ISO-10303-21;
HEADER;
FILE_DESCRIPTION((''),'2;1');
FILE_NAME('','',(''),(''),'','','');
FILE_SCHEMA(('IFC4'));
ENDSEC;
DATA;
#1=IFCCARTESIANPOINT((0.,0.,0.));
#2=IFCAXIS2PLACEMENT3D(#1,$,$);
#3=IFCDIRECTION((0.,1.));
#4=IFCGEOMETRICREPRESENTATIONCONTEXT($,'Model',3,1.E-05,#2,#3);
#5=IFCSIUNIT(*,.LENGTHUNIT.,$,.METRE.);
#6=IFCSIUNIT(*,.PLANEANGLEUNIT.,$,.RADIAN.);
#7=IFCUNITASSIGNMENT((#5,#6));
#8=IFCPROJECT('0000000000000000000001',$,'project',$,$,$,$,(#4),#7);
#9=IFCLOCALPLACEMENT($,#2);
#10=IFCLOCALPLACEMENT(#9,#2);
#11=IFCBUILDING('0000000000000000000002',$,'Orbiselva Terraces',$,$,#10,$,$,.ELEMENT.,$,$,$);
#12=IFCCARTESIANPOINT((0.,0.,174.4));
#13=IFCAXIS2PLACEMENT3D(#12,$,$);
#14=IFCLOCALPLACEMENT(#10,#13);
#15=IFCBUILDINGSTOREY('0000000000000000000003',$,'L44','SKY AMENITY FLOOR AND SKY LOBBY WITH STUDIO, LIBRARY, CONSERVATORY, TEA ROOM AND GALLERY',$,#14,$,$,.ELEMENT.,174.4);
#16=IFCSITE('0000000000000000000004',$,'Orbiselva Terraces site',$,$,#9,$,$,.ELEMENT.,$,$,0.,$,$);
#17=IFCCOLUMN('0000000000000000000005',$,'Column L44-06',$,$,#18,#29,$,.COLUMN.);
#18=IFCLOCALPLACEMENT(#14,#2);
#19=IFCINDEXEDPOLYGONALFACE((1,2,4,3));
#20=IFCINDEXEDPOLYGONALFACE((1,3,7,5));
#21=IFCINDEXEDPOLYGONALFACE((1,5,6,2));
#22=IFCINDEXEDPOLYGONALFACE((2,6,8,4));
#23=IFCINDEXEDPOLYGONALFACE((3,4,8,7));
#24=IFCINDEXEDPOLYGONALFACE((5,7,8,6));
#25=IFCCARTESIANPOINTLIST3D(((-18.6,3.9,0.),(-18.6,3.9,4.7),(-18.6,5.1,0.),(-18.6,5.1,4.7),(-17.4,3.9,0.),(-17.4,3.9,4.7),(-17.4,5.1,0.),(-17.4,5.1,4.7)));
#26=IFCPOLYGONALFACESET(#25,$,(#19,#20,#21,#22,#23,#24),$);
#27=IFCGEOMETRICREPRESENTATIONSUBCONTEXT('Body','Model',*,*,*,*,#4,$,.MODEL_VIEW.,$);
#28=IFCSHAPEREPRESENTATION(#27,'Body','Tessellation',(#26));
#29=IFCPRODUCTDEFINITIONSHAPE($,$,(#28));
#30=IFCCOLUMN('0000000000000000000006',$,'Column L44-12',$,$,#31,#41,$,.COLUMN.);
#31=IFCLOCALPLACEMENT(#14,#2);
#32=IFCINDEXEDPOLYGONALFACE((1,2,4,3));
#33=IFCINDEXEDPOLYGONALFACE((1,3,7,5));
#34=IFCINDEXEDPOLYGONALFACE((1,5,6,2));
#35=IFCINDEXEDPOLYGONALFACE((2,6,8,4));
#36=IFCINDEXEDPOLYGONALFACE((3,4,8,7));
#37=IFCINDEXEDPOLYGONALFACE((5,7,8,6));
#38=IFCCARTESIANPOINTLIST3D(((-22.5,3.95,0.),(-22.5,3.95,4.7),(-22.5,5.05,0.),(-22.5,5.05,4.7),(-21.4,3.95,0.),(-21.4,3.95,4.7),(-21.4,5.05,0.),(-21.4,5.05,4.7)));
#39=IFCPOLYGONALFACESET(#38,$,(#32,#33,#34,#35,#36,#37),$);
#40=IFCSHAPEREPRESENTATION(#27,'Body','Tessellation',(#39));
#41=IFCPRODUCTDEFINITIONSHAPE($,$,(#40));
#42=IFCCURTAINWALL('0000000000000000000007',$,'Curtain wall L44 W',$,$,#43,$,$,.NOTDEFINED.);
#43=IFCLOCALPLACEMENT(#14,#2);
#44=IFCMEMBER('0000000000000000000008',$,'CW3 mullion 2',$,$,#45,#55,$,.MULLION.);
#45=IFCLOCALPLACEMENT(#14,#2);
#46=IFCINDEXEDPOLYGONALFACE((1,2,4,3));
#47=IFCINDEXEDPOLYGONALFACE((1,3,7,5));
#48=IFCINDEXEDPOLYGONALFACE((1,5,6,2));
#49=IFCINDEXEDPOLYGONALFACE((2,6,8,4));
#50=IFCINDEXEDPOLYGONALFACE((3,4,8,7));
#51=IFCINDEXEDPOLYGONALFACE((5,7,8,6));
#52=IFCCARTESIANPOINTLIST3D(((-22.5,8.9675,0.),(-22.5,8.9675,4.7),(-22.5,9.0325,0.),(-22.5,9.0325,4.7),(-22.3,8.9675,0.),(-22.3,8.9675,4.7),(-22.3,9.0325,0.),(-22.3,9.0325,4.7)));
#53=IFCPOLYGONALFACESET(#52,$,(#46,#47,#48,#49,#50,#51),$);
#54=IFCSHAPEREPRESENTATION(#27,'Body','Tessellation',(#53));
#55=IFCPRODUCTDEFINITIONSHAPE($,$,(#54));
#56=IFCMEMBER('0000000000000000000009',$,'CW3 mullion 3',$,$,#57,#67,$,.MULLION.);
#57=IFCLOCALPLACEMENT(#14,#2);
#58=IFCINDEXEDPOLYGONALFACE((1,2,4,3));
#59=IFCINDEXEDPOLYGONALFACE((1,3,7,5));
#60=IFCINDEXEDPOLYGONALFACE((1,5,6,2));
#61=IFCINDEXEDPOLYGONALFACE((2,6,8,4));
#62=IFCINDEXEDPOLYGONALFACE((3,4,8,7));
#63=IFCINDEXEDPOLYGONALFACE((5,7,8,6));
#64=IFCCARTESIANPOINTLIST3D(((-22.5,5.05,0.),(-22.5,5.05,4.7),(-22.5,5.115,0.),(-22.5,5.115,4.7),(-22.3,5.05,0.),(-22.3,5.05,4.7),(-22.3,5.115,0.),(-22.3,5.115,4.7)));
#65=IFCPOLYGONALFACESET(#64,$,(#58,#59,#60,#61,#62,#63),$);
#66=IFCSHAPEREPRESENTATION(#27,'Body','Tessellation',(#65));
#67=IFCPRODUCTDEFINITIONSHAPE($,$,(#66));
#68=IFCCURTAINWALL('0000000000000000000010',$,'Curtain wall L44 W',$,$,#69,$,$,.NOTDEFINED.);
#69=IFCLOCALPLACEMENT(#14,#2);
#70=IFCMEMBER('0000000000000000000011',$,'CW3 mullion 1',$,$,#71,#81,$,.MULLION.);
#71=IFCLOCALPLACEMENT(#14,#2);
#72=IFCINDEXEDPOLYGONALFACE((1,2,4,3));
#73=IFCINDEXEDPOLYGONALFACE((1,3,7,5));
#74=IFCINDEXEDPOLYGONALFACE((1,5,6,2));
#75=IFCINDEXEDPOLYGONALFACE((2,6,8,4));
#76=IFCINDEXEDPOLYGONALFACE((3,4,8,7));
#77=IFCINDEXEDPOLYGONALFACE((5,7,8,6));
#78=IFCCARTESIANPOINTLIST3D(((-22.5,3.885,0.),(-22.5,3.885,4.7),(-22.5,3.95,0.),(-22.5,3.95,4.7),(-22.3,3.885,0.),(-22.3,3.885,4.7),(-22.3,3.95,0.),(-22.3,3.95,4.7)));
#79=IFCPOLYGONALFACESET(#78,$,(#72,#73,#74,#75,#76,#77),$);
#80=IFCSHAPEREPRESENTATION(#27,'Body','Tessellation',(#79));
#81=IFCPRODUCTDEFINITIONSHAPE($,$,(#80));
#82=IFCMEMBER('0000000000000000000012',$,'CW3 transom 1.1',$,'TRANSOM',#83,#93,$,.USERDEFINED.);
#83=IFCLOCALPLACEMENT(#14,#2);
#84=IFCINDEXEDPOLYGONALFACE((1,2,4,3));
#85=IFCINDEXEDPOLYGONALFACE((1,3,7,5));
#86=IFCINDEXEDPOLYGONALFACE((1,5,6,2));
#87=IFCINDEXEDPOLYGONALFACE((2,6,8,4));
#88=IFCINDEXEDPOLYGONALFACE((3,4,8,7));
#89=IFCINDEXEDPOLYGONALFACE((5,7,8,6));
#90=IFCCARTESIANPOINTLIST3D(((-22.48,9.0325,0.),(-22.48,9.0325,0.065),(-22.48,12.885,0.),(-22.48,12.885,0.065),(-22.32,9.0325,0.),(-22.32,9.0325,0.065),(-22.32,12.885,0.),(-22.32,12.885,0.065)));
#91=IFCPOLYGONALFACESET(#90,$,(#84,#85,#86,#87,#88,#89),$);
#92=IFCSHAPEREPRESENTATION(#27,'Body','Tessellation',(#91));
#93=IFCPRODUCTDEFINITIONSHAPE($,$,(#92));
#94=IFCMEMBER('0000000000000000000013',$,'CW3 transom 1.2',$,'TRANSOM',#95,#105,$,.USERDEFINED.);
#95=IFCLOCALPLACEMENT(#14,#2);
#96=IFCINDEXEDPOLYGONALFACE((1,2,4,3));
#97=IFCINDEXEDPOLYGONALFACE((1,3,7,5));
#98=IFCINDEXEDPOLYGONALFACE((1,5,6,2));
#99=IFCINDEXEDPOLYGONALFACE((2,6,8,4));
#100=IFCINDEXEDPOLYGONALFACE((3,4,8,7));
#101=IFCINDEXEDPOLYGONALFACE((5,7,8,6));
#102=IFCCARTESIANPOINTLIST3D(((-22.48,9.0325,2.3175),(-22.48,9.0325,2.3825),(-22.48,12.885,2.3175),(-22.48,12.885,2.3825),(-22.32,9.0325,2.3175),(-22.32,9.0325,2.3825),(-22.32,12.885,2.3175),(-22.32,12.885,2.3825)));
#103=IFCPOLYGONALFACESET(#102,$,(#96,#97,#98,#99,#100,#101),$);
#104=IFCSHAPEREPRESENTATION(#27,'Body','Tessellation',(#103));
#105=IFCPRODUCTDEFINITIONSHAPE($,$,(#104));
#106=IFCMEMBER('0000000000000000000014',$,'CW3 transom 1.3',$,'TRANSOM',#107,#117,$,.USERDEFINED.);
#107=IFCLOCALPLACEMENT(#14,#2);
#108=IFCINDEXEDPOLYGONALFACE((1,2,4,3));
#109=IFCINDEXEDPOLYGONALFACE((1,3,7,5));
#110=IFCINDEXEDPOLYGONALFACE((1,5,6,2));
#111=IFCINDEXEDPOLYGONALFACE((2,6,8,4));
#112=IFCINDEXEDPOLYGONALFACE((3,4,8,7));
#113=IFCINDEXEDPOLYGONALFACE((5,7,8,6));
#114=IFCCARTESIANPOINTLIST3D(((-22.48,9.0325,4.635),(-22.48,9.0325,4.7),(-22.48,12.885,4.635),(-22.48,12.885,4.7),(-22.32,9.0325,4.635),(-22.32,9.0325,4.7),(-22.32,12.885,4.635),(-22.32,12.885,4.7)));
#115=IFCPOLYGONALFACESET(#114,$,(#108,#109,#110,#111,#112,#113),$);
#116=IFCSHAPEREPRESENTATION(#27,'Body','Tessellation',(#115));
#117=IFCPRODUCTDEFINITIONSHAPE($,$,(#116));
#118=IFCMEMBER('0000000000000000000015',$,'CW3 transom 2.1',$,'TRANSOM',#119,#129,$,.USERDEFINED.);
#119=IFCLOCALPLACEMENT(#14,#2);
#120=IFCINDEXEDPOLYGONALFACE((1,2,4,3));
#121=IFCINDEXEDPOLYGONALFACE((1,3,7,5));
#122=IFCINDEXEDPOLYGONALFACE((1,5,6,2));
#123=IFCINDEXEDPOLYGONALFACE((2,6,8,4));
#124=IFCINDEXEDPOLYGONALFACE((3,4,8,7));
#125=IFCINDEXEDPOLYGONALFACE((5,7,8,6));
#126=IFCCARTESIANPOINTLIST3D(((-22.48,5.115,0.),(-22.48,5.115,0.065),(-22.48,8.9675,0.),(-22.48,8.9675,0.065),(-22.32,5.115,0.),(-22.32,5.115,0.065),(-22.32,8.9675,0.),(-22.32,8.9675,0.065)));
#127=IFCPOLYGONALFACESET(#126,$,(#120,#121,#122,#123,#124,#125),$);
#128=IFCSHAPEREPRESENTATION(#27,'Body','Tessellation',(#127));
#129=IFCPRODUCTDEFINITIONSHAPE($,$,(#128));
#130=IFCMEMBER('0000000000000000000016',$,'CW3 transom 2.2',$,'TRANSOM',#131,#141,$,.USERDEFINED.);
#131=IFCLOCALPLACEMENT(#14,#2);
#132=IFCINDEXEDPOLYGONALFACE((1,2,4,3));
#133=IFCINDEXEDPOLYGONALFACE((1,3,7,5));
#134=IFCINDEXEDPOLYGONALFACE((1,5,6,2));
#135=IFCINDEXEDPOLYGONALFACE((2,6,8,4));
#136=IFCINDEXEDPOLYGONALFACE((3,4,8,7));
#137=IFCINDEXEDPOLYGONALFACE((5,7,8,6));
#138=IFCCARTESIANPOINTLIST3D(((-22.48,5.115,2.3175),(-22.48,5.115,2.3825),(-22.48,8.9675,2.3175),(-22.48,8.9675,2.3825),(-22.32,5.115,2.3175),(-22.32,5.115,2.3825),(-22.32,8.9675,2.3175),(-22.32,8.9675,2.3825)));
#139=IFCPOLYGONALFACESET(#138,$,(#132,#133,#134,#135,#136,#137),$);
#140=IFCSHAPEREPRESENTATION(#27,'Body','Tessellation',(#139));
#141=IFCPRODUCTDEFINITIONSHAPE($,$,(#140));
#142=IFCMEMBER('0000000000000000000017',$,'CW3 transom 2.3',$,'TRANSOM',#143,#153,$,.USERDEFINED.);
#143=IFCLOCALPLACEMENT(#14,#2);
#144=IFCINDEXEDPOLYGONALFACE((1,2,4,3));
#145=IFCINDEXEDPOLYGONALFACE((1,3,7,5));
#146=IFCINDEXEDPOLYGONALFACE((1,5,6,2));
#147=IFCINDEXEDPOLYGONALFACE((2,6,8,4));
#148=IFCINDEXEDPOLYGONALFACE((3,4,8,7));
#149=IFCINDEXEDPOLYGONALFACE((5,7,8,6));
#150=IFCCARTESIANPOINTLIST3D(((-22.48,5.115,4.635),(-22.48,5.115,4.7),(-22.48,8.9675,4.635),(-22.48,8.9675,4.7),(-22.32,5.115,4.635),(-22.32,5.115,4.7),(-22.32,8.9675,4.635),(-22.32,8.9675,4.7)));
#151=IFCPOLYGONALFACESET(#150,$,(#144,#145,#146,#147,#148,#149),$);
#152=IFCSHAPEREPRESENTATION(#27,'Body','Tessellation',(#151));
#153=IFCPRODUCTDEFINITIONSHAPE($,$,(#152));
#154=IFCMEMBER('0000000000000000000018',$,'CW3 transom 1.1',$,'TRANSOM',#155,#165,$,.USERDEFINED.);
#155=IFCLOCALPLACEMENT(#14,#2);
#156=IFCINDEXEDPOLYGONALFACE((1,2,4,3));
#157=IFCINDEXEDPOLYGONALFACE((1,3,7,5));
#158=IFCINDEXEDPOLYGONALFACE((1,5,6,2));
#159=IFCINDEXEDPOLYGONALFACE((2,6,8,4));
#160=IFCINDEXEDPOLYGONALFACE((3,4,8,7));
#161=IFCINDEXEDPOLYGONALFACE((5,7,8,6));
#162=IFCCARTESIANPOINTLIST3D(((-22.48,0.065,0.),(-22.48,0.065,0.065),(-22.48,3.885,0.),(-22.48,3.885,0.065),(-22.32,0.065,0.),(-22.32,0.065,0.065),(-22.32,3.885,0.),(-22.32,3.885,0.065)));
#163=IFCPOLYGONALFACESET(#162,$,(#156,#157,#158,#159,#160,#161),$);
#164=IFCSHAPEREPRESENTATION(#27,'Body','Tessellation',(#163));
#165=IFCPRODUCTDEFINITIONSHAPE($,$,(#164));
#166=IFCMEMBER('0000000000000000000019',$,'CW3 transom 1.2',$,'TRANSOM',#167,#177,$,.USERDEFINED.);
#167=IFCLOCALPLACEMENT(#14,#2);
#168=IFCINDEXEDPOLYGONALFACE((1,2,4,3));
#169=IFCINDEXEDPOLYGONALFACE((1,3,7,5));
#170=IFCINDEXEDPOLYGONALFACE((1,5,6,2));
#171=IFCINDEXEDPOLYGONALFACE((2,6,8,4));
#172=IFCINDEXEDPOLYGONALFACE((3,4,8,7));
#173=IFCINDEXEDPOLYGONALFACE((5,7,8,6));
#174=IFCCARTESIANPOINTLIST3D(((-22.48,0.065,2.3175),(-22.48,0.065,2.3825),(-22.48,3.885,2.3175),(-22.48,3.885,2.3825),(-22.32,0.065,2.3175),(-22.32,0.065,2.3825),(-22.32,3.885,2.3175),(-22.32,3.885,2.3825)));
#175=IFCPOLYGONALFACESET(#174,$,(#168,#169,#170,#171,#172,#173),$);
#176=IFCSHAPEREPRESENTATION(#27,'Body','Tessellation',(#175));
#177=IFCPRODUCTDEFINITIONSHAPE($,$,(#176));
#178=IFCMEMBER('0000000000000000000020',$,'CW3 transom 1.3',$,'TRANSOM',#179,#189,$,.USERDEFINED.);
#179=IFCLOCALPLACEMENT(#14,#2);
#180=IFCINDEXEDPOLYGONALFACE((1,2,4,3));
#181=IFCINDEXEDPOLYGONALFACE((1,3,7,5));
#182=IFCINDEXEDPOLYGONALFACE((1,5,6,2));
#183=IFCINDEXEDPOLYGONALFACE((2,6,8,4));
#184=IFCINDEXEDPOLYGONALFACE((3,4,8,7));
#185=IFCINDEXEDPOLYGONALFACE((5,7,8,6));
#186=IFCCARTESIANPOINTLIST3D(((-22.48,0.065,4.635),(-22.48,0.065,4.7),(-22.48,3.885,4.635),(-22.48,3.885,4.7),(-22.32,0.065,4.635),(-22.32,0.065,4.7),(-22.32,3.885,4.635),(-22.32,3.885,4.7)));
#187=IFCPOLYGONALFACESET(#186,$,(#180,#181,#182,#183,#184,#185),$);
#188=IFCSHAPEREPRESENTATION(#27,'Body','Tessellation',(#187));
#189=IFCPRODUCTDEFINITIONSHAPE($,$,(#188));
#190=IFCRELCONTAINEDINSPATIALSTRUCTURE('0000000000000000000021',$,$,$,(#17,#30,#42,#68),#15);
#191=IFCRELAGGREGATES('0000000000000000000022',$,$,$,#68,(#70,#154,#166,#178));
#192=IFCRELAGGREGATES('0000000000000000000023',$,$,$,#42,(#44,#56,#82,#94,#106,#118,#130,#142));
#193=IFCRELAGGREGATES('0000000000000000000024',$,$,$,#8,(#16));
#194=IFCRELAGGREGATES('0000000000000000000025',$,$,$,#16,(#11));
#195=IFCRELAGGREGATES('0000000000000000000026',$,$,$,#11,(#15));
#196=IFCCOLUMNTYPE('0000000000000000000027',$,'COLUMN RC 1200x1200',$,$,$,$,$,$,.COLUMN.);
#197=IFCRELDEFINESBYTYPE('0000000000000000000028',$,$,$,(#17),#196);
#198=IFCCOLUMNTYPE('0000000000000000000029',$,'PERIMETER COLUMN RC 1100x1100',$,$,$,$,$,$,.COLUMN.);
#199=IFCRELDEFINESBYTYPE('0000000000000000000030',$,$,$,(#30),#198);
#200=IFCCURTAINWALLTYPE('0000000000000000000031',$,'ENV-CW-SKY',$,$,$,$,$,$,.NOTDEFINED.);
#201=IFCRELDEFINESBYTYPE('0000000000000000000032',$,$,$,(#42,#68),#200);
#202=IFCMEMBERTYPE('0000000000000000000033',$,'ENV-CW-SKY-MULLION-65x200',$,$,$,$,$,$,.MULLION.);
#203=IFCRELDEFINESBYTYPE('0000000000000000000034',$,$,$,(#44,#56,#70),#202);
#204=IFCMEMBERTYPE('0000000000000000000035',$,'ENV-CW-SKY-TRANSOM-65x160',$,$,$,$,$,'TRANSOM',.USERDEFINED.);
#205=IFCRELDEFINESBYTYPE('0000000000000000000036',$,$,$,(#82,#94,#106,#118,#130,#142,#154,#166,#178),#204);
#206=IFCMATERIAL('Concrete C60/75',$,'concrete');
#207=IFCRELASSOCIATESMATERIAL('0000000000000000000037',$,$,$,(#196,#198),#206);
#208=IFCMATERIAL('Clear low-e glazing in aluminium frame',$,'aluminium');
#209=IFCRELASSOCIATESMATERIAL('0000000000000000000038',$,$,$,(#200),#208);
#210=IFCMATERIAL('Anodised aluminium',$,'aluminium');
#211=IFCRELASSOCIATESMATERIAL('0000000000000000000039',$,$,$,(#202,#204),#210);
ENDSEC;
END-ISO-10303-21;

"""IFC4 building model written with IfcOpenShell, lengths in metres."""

from ifc_helpers import new_model, si_unit, direction, frame, origin, origin_2d, place, context, subcontext, project, spatial, rectangle, extrude, material, material_profile, profile_set, type_object, element, aggregate, save


model = new_model("IFC4")

# Units and contexts
model_context = context("Model", 3, precision=1e-05, world=origin(), true_north=direction((0.0, 1.0)))
body_context = subcontext(model_context, "Body", "Model", "MODEL_VIEW")
ifc_project = project(units=[si_unit("LENGTHUNIT", "METRE"), si_unit("PLANEANGLEUNIT", "RADIAN")], contexts=[model_context])

# Site, building, storey
site_placement = place(None, origin())
site = spatial("IfcSite", under=ifc_project, at=site_placement, Name="Orbiselva Terraces site", CompositionType="ELEMENT", RefElevation=0.0)
building_placement = place(site_placement, origin())
building = spatial("IfcBuilding", under=site, at=building_placement, Name="Orbiselva Terraces", CompositionType="ELEMENT")
storey_placement = place(building_placement, frame((0.0, 0.0, 174.4)))
storey = spatial("IfcBuildingStorey", under=building, at=storey_placement, Name="L44", Description="SKY AMENITY FLOOR AND SKY LOBBY WITH STUDIO, LIBRARY, CONSERVATORY, TEA ROOM AND GALLERY", CompositionType="ELEMENT", Elevation=174.4)

# Columns
ifc_material_1 = material(Name="Concrete C60/75", Category="concrete")
ifc_material_profile_1 = material_profile(ifc_material_1, rectangle(XDim=1.2, YDim=1.2, at=origin_2d()), Name="RC 1200x1200")
ifc_profile_set_1 = profile_set([ifc_material_profile_1], Name="Concrete C60/75")
column_type_1 = type_object("IfcColumnType", Name="COLUMN RC 1200x1200", PredefinedType="COLUMN", material=ifc_profile_set_1)
column_1_placement = place(storey_placement, frame((-18.0, 4.5, 0.0), z_axis=(0.0, 0.0, 1.0), x_axis=(1.0, 0.0, 0.0)))
element("IfcColumn", 1, at=column_1_placement, inside=storey, type_object=column_type_1, Name="Column L44-06", PredefinedType="COLUMN", context=body_context, shape_type="SweptSolid", body=[
    extrude(rectangle(XDim=1.2, YDim=1.2, at=origin_2d()), origin(), (0.0, 0.0, 1.0), 4.7),
])
ifc_material_profile_2 = material_profile(ifc_material_1, rectangle(XDim=1.1, YDim=1.1, at=origin_2d()), Name="RC 1100x1100")
ifc_profile_set_2 = profile_set([ifc_material_profile_2], Name="Concrete C60/75")
column_type_2 = type_object("IfcColumnType", Name="PERIMETER COLUMN RC 1100x1100", PredefinedType="COLUMN", material=ifc_profile_set_2)
column_2_placement = place(storey_placement, frame((-21.95, 4.5, 0.0), z_axis=(0.0, 0.0, 1.0), x_axis=(1.0, 0.0, 0.0)))
element("IfcColumn", 2, at=column_2_placement, inside=storey, type_object=column_type_2, Name="Column L44-12", PredefinedType="COLUMN", context=body_context, shape_type="SweptSolid", body=[
    extrude(rectangle(XDim=1.1, YDim=1.1, at=origin_2d()), origin(), (0.0, 0.0, 1.0), 4.7),
])

# Curtain wall, members
ifc_material_2 = material(Name="Clear low-e glazing in aluminium frame", Category="aluminium")
curtain_wall_type = type_object("IfcCurtainWallType", Name="ENV-CW-SKY", PredefinedType="NOTDEFINED", material=ifc_material_2)
curtain_wall_1_placement = place(storey_placement, origin())
curtain_wall_1 = element("IfcCurtainWall", 3, at=curtain_wall_1_placement, inside=storey, type_object=curtain_wall_type, Name="Curtain wall L44 W", PredefinedType="NOTDEFINED")
ifc_material_3 = material(Name="Anodised aluminium", Category="aluminium")
ifc_material_profile_3 = material_profile(ifc_material_3, rectangle(XDim=0.2, YDim=0.065, at=origin_2d()), Name="AL 65x200")
ifc_profile_set_3 = profile_set([ifc_material_profile_3], Name="Anodised aluminium")
member_type_1 = type_object("IfcMemberType", Name="ENV-CW-SKY-MULLION-65x200", PredefinedType="MULLION", material=ifc_profile_set_3)
member_1_placement = place(storey_placement, frame((-22.4, 9.0, 0.0), z_axis=(0.0, 0.0, 1.0), x_axis=(1.0, 0.0, 0.0)))
member_1 = element("IfcMember", 4, at=member_1_placement, type_object=member_type_1, Name="CW3 mullion 2", PredefinedType="MULLION", context=body_context, shape_type="SweptSolid", body=[
    extrude(rectangle(XDim=0.2, YDim=0.065, at=origin_2d()), origin(), (0.0, 0.0, 1.0), 4.7),
])
member_2_placement = place(storey_placement, frame((-22.4, 5.0825, 0.0), z_axis=(0.0, 0.0, 1.0), x_axis=(1.0, 0.0, 0.0)))
member_2 = element("IfcMember", 5, at=member_2_placement, type_object=member_type_1, Name="CW3 mullion 3", PredefinedType="MULLION", context=body_context, shape_type="SweptSolid", body=[
    extrude(rectangle(XDim=0.2, YDim=0.065, at=origin_2d()), origin(), (0.0, 0.0, 1.0), 4.7),
])

# Curtain wall, member
curtain_wall_2_placement = place(storey_placement, origin())
curtain_wall_2 = element("IfcCurtainWall", 6, at=curtain_wall_2_placement, inside=storey, type_object=curtain_wall_type, Name="Curtain wall L44 W", PredefinedType="NOTDEFINED")
member_3_placement = place(storey_placement, frame((-22.4, 3.9175, 0.0), z_axis=(0.0, 0.0, 1.0), x_axis=(1.0, 0.0, 0.0)))
member_3 = element("IfcMember", 7, at=member_3_placement, type_object=member_type_1, Name="CW3 mullion 1", PredefinedType="MULLION", context=body_context, shape_type="SweptSolid", body=[
    extrude(rectangle(XDim=0.2, YDim=0.065, at=origin_2d()), origin(), (0.0, 0.0, 1.0), 4.7),
])

# Members
ifc_material_profile_4 = material_profile(ifc_material_3, rectangle(XDim=0.16, YDim=0.065, at=origin_2d()), Name="AL 65x160")
ifc_profile_set_4 = profile_set([ifc_material_profile_4], Name="Anodised aluminium")
member_type_2 = type_object("IfcMemberType", Name="ENV-CW-SKY-TRANSOM-65x160", ElementType="TRANSOM", PredefinedType="USERDEFINED", material=ifc_profile_set_4)
member_4_placement = place(storey_placement, frame((-22.4, 12.885, 0.0325), z_axis=(0.0, -1.0, 0.0), x_axis=(1.0, 0.0, 0.0)))
member_4 = element("IfcMember", 8, at=member_4_placement, type_object=member_type_2, Name="CW3 transom 1.1", ObjectType="TRANSOM", PredefinedType="USERDEFINED", context=body_context, shape_type="SweptSolid", body=[
    extrude(rectangle(XDim=0.16, YDim=0.065, at=origin_2d()), origin(), (0.0, 0.0, 1.0), 3.8525),
])
member_5_placement = place(storey_placement, frame((-22.4, 12.885, 2.35), z_axis=(0.0, -1.0, 0.0), x_axis=(1.0, 0.0, 0.0)))
member_5 = element("IfcMember", 9, at=member_5_placement, type_object=member_type_2, Name="CW3 transom 1.2", ObjectType="TRANSOM", PredefinedType="USERDEFINED", context=body_context, shape_type="SweptSolid", body=[
    extrude(rectangle(XDim=0.16, YDim=0.065, at=origin_2d()), origin(), (0.0, 0.0, 1.0), 3.8525),
])
member_6_placement = place(storey_placement, frame((-22.4, 12.885, 4.6675), z_axis=(0.0, -1.0, 0.0), x_axis=(1.0, 0.0, 0.0)))
member_6 = element("IfcMember", 10, at=member_6_placement, type_object=member_type_2, Name="CW3 transom 1.3", ObjectType="TRANSOM", PredefinedType="USERDEFINED", context=body_context, shape_type="SweptSolid", body=[
    extrude(rectangle(XDim=0.16, YDim=0.065, at=origin_2d()), origin(), (0.0, 0.0, 1.0), 3.8525),
])
member_7_placement = place(storey_placement, frame((-22.4, 8.9675, 0.0325), z_axis=(0.0, -1.0, 0.0), x_axis=(1.0, 0.0, 0.0)))
member_7 = element("IfcMember", 11, at=member_7_placement, type_object=member_type_2, Name="CW3 transom 2.1", ObjectType="TRANSOM", PredefinedType="USERDEFINED", context=body_context, shape_type="SweptSolid", body=[
    extrude(rectangle(XDim=0.16, YDim=0.065, at=origin_2d()), origin(), (0.0, 0.0, 1.0), 3.8525),
])
member_8_placement = place(storey_placement, frame((-22.4, 8.9675, 2.35), z_axis=(0.0, -1.0, 0.0), x_axis=(1.0, 0.0, 0.0)))
member_8 = element("IfcMember", 12, at=member_8_placement, type_object=member_type_2, Name="CW3 transom 2.2", ObjectType="TRANSOM", PredefinedType="USERDEFINED", context=body_context, shape_type="SweptSolid", body=[
    extrude(rectangle(XDim=0.16, YDim=0.065, at=origin_2d()), origin(), (0.0, 0.0, 1.0), 3.8525),
])
member_9_placement = place(storey_placement, frame((-22.4, 8.9675, 4.6675), z_axis=(0.0, -1.0, 0.0), x_axis=(1.0, 0.0, 0.0)))
member_9 = element("IfcMember", 13, at=member_9_placement, type_object=member_type_2, Name="CW3 transom 2.3", ObjectType="TRANSOM", PredefinedType="USERDEFINED", context=body_context, shape_type="SweptSolid", body=[
    extrude(rectangle(XDim=0.16, YDim=0.065, at=origin_2d()), origin(), (0.0, 0.0, 1.0), 3.8525),
])
member_10_placement = place(storey_placement, frame((-22.4, 3.885, 0.0325), z_axis=(0.0, -1.0, 0.0), x_axis=(1.0, 0.0, 0.0)))
member_10 = element("IfcMember", 14, at=member_10_placement, type_object=member_type_2, Name="CW3 transom 1.1", ObjectType="TRANSOM", PredefinedType="USERDEFINED", context=body_context, shape_type="SweptSolid", body=[
    extrude(rectangle(XDim=0.16, YDim=0.065, at=origin_2d()), origin(), (0.0, 0.0, 1.0), 3.82),
])
member_11_placement = place(storey_placement, frame((-22.4, 3.885, 2.35), z_axis=(0.0, -1.0, 0.0), x_axis=(1.0, 0.0, 0.0)))
member_11 = element("IfcMember", 15, at=member_11_placement, type_object=member_type_2, Name="CW3 transom 1.2", ObjectType="TRANSOM", PredefinedType="USERDEFINED", context=body_context, shape_type="SweptSolid", body=[
    extrude(rectangle(XDim=0.16, YDim=0.065, at=origin_2d()), origin(), (0.0, 0.0, 1.0), 3.82),
])
member_12_placement = place(storey_placement, frame((-22.4, 3.885, 4.6675), z_axis=(0.0, -1.0, 0.0), x_axis=(1.0, 0.0, 0.0)))
member_12 = element("IfcMember", 16, at=member_12_placement, type_object=member_type_2, Name="CW3 transom 1.3", ObjectType="TRANSOM", PredefinedType="USERDEFINED", context=body_context, shape_type="SweptSolid", body=[
    extrude(rectangle(XDim=0.16, YDim=0.065, at=origin_2d()), origin(), (0.0, 0.0, 1.0), 3.82),
])
aggregate(curtain_wall_2, [member_3, member_10, member_11, member_12])

aggregate(curtain_wall_1, [member_1, member_2, member_4, member_5, member_6, member_7, member_8, member_9])

save(model, "model.ifc")
